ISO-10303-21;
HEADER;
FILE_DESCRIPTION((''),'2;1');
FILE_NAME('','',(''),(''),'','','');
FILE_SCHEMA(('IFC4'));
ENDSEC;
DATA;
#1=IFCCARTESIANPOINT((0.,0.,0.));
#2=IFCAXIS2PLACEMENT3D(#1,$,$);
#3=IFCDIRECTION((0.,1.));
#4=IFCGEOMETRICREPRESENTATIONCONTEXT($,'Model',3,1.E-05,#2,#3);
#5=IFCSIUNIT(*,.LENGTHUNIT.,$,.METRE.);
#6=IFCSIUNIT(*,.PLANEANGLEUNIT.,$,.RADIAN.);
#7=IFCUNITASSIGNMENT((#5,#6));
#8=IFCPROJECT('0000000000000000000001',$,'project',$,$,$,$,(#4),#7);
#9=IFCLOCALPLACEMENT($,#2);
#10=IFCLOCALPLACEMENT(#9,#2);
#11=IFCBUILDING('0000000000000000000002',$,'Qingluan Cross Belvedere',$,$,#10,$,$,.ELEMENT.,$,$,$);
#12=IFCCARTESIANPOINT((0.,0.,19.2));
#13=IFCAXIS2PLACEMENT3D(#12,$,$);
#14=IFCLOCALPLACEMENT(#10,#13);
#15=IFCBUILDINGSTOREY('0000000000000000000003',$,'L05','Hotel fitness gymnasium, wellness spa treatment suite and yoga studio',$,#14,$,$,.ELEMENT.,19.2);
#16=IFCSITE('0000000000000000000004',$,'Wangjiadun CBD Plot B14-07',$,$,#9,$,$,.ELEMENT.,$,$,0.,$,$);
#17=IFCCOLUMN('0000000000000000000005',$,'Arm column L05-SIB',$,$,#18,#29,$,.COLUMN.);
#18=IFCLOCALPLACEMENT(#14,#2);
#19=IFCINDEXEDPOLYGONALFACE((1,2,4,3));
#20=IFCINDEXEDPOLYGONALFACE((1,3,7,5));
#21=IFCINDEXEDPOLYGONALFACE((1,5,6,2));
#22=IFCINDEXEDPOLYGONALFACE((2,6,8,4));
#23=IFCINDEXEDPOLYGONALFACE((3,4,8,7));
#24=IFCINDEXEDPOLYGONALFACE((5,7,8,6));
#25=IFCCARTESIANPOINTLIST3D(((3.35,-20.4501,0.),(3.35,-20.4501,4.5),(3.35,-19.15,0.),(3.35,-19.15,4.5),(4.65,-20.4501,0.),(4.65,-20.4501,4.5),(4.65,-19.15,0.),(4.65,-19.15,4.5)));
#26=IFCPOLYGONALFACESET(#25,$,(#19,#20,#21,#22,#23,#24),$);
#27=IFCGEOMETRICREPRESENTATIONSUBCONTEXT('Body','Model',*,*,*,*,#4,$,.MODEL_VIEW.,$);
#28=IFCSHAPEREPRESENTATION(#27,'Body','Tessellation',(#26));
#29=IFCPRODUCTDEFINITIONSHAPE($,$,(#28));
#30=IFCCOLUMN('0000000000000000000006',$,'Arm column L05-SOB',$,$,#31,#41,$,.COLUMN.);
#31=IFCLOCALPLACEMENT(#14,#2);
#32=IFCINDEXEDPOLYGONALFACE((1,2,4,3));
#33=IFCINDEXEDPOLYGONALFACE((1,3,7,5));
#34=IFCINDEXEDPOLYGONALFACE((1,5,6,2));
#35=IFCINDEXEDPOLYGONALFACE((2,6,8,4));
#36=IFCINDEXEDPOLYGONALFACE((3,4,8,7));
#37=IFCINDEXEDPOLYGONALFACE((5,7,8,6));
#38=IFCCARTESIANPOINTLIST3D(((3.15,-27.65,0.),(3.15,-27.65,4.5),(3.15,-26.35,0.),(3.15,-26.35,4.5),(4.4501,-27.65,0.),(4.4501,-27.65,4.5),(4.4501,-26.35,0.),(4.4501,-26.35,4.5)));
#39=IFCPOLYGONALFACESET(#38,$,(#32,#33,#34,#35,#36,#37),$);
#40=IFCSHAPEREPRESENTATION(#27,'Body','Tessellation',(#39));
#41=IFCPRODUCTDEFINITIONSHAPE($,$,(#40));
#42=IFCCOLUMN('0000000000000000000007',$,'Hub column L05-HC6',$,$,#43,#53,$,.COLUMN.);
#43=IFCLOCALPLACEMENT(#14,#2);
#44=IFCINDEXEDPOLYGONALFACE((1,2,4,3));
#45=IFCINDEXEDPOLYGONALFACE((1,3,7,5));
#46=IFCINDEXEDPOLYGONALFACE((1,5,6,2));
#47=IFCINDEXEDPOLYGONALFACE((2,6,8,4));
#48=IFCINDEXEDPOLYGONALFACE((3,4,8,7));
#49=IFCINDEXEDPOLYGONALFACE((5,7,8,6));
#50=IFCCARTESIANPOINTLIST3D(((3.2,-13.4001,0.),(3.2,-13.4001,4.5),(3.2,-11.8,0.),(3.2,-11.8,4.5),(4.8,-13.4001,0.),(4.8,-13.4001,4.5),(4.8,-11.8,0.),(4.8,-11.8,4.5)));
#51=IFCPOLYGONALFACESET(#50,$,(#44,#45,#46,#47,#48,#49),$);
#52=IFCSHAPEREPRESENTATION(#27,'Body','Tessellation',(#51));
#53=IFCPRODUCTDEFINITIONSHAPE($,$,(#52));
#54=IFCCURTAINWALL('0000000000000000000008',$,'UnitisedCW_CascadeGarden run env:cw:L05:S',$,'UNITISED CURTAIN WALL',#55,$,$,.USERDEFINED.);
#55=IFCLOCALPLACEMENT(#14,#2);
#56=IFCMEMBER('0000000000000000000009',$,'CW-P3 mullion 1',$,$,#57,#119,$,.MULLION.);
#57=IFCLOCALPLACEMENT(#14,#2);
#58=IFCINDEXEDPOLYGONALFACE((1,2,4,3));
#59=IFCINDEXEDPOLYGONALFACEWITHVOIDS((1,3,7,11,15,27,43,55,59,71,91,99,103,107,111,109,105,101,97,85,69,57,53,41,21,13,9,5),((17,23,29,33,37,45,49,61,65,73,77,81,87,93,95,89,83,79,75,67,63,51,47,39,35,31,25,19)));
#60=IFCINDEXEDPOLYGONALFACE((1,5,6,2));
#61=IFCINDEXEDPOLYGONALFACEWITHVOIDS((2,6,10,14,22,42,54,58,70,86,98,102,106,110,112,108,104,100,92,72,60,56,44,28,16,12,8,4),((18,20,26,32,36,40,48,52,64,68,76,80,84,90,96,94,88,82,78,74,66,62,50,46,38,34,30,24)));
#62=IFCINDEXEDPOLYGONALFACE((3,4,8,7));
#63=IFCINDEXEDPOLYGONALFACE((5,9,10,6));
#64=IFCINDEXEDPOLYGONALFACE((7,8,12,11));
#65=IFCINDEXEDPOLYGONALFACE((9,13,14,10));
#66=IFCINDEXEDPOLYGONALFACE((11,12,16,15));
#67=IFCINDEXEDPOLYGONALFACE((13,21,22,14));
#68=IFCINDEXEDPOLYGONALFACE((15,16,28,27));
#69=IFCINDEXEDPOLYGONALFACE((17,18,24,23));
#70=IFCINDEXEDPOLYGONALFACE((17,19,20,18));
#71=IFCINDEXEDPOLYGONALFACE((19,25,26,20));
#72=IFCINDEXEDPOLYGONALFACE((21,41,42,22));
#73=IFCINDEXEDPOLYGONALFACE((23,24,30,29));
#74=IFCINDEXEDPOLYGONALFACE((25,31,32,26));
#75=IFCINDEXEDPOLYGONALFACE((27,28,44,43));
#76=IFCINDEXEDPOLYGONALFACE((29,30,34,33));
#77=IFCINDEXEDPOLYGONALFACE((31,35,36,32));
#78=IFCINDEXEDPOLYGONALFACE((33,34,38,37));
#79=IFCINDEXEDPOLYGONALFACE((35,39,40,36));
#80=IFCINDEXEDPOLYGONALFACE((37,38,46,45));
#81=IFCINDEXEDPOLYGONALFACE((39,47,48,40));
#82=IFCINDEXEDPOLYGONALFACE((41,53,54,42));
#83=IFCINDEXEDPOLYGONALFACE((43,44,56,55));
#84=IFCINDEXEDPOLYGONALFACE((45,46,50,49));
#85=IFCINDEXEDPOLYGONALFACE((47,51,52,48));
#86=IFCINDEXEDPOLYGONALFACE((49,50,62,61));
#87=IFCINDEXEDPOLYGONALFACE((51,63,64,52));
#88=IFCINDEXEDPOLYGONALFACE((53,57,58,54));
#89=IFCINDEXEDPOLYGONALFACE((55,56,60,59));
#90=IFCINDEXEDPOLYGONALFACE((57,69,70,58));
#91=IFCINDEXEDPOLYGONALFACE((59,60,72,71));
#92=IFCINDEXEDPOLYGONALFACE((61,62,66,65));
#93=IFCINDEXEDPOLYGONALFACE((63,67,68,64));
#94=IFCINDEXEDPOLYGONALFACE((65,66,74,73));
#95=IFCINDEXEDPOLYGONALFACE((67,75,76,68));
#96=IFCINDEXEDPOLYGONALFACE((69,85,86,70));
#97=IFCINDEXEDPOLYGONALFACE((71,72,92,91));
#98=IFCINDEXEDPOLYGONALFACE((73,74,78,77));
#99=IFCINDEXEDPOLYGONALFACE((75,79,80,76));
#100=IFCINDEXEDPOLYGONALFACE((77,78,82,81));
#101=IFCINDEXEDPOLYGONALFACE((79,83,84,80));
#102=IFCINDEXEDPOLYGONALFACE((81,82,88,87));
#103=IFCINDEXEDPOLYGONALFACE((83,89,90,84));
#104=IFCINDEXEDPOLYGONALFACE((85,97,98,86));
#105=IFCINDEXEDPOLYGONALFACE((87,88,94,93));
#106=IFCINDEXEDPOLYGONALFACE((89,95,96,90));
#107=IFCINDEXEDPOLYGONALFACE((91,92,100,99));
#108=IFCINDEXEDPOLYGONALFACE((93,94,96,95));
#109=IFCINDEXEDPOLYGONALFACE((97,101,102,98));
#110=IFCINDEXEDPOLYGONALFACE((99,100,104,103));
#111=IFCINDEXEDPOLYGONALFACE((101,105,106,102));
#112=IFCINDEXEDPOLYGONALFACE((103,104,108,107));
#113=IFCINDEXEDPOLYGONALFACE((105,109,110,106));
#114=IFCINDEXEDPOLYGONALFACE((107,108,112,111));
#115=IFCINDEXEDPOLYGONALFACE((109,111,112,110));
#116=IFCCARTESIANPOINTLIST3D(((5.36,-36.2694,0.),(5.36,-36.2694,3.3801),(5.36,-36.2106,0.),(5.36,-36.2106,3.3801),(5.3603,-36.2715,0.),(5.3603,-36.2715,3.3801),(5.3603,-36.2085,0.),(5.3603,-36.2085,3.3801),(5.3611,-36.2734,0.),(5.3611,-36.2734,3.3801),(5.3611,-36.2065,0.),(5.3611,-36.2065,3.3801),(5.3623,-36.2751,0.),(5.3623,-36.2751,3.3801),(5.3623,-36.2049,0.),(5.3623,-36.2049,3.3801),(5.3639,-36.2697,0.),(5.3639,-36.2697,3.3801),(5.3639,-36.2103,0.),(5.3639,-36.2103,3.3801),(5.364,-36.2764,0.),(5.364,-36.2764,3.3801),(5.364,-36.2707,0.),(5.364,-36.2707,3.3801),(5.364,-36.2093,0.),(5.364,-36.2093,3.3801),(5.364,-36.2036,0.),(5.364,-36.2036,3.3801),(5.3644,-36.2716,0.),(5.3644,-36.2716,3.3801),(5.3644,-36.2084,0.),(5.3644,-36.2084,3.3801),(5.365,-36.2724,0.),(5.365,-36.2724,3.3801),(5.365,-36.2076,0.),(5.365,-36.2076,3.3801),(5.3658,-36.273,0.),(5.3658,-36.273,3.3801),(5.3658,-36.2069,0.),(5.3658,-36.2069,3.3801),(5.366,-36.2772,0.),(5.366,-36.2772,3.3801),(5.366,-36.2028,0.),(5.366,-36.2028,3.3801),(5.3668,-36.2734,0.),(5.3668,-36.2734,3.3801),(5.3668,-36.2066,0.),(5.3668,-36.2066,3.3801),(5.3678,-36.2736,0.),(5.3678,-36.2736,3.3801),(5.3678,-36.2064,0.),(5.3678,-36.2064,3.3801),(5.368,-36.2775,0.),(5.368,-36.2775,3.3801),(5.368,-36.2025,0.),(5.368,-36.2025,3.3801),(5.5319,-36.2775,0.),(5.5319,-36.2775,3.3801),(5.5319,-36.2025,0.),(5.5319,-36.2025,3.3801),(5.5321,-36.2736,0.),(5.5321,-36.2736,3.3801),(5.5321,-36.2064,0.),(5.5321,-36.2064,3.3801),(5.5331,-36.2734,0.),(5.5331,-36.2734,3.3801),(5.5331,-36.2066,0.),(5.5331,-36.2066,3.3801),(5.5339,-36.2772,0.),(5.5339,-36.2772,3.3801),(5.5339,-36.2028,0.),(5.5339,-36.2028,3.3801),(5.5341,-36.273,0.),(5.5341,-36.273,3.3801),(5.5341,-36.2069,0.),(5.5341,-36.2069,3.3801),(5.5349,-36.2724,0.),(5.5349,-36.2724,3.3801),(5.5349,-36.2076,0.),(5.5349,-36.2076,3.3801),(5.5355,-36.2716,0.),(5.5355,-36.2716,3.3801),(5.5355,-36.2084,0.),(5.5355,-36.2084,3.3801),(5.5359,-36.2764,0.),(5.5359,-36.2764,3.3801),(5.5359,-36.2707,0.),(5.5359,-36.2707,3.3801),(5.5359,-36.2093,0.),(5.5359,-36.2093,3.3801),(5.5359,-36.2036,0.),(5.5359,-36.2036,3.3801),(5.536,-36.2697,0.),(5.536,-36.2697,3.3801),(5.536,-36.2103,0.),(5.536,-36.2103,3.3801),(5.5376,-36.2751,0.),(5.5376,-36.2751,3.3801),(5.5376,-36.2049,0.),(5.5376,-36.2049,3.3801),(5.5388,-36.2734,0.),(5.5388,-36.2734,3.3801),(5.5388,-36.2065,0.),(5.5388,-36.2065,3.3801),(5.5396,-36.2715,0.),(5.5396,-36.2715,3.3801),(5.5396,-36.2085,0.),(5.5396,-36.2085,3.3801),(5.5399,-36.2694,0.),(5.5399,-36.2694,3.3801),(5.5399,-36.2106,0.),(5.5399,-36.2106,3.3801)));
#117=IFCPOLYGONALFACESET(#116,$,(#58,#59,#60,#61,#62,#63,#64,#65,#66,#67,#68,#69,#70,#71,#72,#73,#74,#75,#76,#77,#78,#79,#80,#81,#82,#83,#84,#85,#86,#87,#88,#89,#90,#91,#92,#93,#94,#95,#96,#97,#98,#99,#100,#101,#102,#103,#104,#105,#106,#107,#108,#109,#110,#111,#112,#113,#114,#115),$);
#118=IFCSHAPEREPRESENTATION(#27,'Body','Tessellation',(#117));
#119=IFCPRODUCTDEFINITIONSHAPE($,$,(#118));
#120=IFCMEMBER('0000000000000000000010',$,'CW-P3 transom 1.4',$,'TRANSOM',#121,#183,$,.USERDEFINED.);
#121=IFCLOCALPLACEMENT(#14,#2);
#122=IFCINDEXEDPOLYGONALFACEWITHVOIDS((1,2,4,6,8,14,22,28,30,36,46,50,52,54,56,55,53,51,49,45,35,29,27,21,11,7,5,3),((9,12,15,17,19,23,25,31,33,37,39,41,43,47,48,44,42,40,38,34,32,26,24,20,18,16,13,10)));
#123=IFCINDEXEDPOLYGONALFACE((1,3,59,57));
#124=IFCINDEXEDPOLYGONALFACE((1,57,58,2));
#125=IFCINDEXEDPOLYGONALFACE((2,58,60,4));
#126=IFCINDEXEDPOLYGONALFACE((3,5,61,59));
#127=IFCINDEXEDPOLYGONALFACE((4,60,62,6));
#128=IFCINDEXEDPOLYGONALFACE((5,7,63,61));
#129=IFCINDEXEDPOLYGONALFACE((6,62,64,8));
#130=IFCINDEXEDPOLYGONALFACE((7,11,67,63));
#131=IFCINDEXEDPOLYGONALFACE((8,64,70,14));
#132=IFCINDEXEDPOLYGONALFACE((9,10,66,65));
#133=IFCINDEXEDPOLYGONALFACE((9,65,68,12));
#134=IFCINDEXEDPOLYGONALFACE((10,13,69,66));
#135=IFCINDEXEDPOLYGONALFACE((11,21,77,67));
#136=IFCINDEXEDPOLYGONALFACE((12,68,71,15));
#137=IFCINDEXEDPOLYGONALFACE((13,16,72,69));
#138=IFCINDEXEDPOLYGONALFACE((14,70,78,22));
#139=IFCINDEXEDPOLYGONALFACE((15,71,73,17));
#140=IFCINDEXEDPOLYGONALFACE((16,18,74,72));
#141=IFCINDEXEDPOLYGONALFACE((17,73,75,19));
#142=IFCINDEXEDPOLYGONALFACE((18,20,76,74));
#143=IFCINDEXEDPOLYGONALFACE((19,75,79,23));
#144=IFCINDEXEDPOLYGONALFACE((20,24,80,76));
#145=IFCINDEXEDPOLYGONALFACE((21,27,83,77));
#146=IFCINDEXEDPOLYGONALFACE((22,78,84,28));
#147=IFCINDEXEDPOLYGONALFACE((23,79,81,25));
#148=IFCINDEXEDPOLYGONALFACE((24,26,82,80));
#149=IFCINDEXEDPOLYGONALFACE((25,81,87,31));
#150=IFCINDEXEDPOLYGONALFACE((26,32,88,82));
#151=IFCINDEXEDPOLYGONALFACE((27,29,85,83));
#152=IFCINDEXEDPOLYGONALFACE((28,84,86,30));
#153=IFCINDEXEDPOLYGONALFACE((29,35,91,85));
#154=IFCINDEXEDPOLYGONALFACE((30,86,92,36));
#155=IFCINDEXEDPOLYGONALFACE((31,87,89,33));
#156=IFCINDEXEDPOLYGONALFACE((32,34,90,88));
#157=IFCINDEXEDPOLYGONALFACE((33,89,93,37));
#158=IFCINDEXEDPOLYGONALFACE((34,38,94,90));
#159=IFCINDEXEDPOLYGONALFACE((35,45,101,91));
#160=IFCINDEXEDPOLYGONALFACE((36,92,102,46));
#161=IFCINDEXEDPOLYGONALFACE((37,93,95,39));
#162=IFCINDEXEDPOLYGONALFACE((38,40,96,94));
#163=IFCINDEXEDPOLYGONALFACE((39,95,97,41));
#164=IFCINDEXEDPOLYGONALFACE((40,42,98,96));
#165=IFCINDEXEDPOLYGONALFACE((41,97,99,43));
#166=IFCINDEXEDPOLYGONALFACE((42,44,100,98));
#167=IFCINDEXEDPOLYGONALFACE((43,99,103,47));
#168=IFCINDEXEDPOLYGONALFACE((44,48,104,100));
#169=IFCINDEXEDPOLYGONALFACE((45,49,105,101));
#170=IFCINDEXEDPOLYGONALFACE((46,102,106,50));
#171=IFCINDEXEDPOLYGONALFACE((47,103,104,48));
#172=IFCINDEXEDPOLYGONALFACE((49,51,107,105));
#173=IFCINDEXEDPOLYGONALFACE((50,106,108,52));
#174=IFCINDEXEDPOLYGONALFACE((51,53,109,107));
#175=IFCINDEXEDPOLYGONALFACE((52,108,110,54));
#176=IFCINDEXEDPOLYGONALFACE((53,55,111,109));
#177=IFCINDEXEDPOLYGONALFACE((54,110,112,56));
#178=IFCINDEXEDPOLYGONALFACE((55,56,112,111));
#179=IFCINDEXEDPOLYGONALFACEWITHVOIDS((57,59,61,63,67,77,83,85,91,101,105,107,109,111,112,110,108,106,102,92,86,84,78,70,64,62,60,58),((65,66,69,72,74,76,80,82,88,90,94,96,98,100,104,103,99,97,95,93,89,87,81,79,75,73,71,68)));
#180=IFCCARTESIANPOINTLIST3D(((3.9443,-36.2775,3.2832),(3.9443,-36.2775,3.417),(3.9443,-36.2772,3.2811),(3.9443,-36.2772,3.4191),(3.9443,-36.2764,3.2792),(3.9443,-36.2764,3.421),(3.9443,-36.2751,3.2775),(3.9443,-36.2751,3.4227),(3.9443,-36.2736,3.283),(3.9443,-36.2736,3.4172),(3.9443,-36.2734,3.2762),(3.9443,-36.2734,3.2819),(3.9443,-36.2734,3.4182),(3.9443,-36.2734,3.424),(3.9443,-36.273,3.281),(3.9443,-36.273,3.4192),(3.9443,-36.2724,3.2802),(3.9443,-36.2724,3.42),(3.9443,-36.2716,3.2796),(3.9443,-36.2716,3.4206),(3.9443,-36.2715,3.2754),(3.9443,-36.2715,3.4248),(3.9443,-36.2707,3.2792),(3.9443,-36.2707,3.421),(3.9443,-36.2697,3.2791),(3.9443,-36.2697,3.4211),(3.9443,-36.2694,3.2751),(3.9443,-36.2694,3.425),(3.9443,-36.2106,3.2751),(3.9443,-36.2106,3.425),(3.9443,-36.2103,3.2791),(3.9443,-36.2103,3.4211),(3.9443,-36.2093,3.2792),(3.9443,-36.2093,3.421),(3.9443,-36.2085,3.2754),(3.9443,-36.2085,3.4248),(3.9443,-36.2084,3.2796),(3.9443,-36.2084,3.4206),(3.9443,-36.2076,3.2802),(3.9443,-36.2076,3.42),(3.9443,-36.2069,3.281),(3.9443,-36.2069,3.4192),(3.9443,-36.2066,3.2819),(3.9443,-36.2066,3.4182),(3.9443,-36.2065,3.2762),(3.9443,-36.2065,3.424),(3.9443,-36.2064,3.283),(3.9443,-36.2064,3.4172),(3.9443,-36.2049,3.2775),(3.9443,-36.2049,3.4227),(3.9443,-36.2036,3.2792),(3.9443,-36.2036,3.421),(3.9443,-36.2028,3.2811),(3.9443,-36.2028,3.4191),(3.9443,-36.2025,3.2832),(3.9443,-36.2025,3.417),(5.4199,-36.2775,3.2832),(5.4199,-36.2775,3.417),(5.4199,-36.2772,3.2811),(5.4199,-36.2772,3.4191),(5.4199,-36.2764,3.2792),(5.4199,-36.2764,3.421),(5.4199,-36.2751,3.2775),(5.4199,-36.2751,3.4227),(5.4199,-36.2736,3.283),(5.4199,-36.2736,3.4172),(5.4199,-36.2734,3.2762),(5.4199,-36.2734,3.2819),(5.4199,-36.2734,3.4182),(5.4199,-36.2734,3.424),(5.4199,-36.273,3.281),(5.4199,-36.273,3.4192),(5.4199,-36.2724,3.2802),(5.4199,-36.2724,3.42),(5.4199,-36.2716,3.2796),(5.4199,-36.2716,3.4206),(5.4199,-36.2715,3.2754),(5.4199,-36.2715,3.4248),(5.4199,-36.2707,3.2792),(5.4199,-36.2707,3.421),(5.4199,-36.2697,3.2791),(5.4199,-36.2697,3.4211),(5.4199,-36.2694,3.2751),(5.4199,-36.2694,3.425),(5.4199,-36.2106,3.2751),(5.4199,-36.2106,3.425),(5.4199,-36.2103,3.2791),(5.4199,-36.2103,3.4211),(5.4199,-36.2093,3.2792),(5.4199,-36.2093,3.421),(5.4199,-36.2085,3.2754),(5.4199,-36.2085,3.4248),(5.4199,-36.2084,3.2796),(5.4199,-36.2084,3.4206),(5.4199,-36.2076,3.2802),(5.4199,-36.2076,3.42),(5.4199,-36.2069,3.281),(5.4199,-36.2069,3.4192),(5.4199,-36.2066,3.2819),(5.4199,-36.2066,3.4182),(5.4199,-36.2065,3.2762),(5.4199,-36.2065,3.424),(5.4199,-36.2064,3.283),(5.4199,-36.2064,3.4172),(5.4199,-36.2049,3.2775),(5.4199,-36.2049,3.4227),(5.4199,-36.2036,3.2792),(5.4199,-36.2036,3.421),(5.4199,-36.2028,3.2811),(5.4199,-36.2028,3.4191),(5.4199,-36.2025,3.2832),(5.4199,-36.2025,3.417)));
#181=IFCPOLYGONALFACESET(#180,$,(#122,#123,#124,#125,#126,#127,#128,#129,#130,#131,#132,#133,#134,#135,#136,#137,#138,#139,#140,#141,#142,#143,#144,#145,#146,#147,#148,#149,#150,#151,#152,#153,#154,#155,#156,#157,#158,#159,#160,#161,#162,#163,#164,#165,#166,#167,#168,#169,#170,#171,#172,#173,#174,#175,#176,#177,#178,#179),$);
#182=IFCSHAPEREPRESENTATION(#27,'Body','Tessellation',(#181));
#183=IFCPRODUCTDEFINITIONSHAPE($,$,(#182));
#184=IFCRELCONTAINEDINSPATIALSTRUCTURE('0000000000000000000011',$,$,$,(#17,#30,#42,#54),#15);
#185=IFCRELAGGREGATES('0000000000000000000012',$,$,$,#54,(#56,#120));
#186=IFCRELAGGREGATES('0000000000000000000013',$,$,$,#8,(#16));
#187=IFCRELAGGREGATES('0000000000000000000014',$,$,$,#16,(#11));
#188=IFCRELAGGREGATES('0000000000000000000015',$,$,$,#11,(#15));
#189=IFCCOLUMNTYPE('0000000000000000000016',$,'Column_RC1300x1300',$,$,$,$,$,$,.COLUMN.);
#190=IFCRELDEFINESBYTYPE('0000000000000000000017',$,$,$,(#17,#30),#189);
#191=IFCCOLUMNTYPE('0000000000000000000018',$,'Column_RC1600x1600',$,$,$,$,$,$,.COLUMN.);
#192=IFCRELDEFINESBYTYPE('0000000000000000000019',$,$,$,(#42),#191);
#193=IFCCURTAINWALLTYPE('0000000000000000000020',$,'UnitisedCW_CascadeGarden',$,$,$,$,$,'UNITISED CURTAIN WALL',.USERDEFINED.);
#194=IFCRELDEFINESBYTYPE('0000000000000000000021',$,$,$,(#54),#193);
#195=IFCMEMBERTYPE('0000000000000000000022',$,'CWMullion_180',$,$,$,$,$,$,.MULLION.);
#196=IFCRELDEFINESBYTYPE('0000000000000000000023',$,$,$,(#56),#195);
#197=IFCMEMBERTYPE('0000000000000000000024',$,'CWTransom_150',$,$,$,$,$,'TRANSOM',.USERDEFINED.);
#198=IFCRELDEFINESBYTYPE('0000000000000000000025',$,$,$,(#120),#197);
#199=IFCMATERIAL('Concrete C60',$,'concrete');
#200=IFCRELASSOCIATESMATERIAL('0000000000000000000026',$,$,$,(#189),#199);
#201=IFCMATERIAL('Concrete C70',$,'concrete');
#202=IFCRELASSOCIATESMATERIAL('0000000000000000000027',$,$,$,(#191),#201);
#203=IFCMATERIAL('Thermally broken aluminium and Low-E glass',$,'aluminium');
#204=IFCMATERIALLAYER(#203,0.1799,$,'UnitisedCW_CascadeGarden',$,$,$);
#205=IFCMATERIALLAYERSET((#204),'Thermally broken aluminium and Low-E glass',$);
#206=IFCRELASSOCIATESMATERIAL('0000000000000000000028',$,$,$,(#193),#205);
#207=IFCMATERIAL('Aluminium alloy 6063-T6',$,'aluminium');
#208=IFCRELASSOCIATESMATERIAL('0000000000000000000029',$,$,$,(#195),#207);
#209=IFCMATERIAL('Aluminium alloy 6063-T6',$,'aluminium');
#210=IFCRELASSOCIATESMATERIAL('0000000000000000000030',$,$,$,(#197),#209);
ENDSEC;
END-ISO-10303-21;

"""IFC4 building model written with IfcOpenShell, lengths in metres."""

from ifc_helpers import new_model, si_unit, direction, frame, origin, origin_2d, place, context, subcontext, project, spatial, rectangle, hollow_rectangle, extrude, material, layer, layer_set, material_profile, profile_set, type_object, element, aggregate, save


model = new_model("IFC4")

# Units and contexts
model_context = context("Model", 3, precision=1e-05, world=origin(), true_north=direction((0.0, 1.0)))
body_context = subcontext(model_context, "Body", "Model", "MODEL_VIEW")
ifc_project = project(units=[si_unit("LENGTHUNIT", "METRE"), si_unit("PLANEANGLEUNIT", "RADIAN")], contexts=[model_context])

# Site, building, storey
site_placement = place(None, origin())
site = spatial("IfcSite", under=ifc_project, at=site_placement, Name="Wangjiadun CBD Plot B14-07", CompositionType="ELEMENT", RefElevation=0.0)
building_placement = place(site_placement, origin())
building = spatial("IfcBuilding", under=site, at=building_placement, Name="Qingluan Cross Belvedere", CompositionType="ELEMENT")
storey_placement = place(building_placement, frame((0.0, 0.0, 19.2)))
storey = spatial("IfcBuildingStorey", under=building, at=storey_placement, Name="L05", Description="Hotel fitness gymnasium, wellness spa treatment suite and yoga studio", CompositionType="ELEMENT", Elevation=19.2)

# Columns
ifc_material_1 = material(Name="Concrete C60", Category="concrete")
ifc_material_profile_1 = material_profile(ifc_material_1, rectangle(XDim=1.3, YDim=1.3, at=origin_2d()), Name="RC1300x1300")
ifc_profile_set_1 = profile_set([ifc_material_profile_1], Name="Concrete C60")
column_type_1 = type_object("IfcColumnType", Name="Column_RC1300x1300", PredefinedType="COLUMN", material=ifc_profile_set_1)
for number, where, z_axis, x_axis, name in (
    (1, (4.0, -19.8, 0.0), (0.0, 0.0, 1.0), (1.0, 0.0, 0.0), "Arm column L05-SIB"),
    (2, (3.8, -27.0, 0.0), (0.0, 0.0, 1.0), (1.0, 0.0, 0.0), "Arm column L05-SOB"),
):
    element("IfcColumn", number, at=place(storey_placement, frame(where, z_axis=z_axis, x_axis=x_axis)), inside=storey, type_object=column_type_1, Name=name, PredefinedType="COLUMN", context=body_context, shape_type="SweptSolid", body=[
        extrude(rectangle(XDim=1.3, YDim=1.3, at=origin_2d()), origin(), (0.0, 0.0, 1.0), 4.5),
    ])
ifc_material_2 = material(Name="Concrete C70", Category="concrete")
ifc_material_profile_2 = material_profile(ifc_material_2, rectangle(XDim=1.6001, YDim=1.6001, at=origin_2d()), Name="RC1600x1600")
ifc_profile_set_2 = profile_set([ifc_material_profile_2], Name="Concrete C70")
column_type_2 = type_object("IfcColumnType", Name="Column_RC1600x1600", PredefinedType="COLUMN", material=ifc_profile_set_2)
column_placement = place(storey_placement, frame((4.0, -12.6001, 0.0), z_axis=(0.0, 0.0, 1.0), x_axis=(1.0, 0.0, 0.0)))
element("IfcColumn", 3, at=column_placement, inside=storey, type_object=column_type_2, Name="Hub column L05-HC6", PredefinedType="COLUMN", context=body_context, shape_type="SweptSolid", body=[
    extrude(rectangle(XDim=1.6001, YDim=1.6001, at=origin_2d()), origin(), (0.0, 0.0, 1.0), 4.5),
])

# Curtain wall, members
ifc_material_3 = material(Name="Thermally broken aluminium and Low-E glass", Category="aluminium")
ifc_layer_1 = layer(ifc_material_3, 0.1799, Name="UnitisedCW_CascadeGarden")
ifc_layer_set_1 = layer_set([ifc_layer_1], Name="Thermally broken aluminium and Low-E glass")
curtain_wall_type = type_object("IfcCurtainWallType", Name="UnitisedCW_CascadeGarden", ElementType="UNITISED CURTAIN WALL", PredefinedType="USERDEFINED", material=ifc_layer_set_1)
curtain_wall_placement = place(storey_placement, origin())
curtain_wall = element("IfcCurtainWall", 4, at=curtain_wall_placement, inside=storey, type_object=curtain_wall_type, Name="UnitisedCW_CascadeGarden run env:cw:L05:S", ObjectType="UNITISED CURTAIN WALL", PredefinedType="USERDEFINED")
ifc_material_4 = material(Name="Aluminium alloy 6063-T6", Category="aluminium")
ifc_material_profile_3 = material_profile(ifc_material_4, hollow_rectangle(XDim=0.075, YDim=0.1799, WallThickness=0.0039, InnerFilletRadius=0.0039, OuterFilletRadius=0.0081, at=origin_2d()), Name="CWM180x75x4")
ifc_profile_set_3 = profile_set([ifc_material_profile_3], Name="Aluminium alloy 6063-T6")
member_type_1 = type_object("IfcMemberType", Name="CWMullion_180", PredefinedType="MULLION", material=ifc_profile_set_3)
member_1_placement = place(storey_placement, frame((5.45, -36.24, 0.0), z_axis=(0.0, 0.0, 1.0), x_axis=(0.0, -1.0, 0.0)))
member_1 = element("IfcMember", 5, at=member_1_placement, type_object=member_type_1, Name="CW-P3 mullion 1", PredefinedType="MULLION", context=body_context, shape_type="SweptSolid", body=[
    extrude(hollow_rectangle(XDim=0.075, YDim=0.1799, WallThickness=0.0039, InnerFilletRadius=0.0039, OuterFilletRadius=0.0081, at=origin_2d()), origin(), (0.0, 0.0, 1.0), 3.3801),
])
ifc_material_5 = material(Name="Aluminium alloy 6063-T6", Category="aluminium")
ifc_material_profile_4 = material_profile(ifc_material_5, hollow_rectangle(XDim=0.075, YDim=0.1499, WallThickness=0.0039, InnerFilletRadius=0.0039, OuterFilletRadius=0.0081, at=origin_2d()), Name="CWT150x75x4")
ifc_profile_set_4 = profile_set([ifc_material_profile_4], Name="Aluminium alloy 6063-T6")
member_type_2 = type_object("IfcMemberType", Name="CWTransom_150", ElementType="TRANSOM", PredefinedType="USERDEFINED", material=ifc_profile_set_4)
member_2_placement = place(storey_placement, frame((5.4199, -36.24, 3.3501), z_axis=(-1.0, 0.0, 0.0), x_axis=(0.0, -1.0, 0.0)))
member_2 = element("IfcMember", 6, at=member_2_placement, type_object=member_type_2, Name="CW-P3 transom 1.4", ObjectType="TRANSOM", PredefinedType="USERDEFINED", context=body_context, shape_type="SweptSolid", body=[
    extrude(hollow_rectangle(XDim=0.075, YDim=0.1499, WallThickness=0.0039, InnerFilletRadius=0.0039, OuterFilletRadius=0.0081, at=origin_2d()), origin(), (0.0, 0.0, 1.0), 1.4756),
])
aggregate(curtain_wall, [member_1, member_2])

save(model, "model.ifc")
